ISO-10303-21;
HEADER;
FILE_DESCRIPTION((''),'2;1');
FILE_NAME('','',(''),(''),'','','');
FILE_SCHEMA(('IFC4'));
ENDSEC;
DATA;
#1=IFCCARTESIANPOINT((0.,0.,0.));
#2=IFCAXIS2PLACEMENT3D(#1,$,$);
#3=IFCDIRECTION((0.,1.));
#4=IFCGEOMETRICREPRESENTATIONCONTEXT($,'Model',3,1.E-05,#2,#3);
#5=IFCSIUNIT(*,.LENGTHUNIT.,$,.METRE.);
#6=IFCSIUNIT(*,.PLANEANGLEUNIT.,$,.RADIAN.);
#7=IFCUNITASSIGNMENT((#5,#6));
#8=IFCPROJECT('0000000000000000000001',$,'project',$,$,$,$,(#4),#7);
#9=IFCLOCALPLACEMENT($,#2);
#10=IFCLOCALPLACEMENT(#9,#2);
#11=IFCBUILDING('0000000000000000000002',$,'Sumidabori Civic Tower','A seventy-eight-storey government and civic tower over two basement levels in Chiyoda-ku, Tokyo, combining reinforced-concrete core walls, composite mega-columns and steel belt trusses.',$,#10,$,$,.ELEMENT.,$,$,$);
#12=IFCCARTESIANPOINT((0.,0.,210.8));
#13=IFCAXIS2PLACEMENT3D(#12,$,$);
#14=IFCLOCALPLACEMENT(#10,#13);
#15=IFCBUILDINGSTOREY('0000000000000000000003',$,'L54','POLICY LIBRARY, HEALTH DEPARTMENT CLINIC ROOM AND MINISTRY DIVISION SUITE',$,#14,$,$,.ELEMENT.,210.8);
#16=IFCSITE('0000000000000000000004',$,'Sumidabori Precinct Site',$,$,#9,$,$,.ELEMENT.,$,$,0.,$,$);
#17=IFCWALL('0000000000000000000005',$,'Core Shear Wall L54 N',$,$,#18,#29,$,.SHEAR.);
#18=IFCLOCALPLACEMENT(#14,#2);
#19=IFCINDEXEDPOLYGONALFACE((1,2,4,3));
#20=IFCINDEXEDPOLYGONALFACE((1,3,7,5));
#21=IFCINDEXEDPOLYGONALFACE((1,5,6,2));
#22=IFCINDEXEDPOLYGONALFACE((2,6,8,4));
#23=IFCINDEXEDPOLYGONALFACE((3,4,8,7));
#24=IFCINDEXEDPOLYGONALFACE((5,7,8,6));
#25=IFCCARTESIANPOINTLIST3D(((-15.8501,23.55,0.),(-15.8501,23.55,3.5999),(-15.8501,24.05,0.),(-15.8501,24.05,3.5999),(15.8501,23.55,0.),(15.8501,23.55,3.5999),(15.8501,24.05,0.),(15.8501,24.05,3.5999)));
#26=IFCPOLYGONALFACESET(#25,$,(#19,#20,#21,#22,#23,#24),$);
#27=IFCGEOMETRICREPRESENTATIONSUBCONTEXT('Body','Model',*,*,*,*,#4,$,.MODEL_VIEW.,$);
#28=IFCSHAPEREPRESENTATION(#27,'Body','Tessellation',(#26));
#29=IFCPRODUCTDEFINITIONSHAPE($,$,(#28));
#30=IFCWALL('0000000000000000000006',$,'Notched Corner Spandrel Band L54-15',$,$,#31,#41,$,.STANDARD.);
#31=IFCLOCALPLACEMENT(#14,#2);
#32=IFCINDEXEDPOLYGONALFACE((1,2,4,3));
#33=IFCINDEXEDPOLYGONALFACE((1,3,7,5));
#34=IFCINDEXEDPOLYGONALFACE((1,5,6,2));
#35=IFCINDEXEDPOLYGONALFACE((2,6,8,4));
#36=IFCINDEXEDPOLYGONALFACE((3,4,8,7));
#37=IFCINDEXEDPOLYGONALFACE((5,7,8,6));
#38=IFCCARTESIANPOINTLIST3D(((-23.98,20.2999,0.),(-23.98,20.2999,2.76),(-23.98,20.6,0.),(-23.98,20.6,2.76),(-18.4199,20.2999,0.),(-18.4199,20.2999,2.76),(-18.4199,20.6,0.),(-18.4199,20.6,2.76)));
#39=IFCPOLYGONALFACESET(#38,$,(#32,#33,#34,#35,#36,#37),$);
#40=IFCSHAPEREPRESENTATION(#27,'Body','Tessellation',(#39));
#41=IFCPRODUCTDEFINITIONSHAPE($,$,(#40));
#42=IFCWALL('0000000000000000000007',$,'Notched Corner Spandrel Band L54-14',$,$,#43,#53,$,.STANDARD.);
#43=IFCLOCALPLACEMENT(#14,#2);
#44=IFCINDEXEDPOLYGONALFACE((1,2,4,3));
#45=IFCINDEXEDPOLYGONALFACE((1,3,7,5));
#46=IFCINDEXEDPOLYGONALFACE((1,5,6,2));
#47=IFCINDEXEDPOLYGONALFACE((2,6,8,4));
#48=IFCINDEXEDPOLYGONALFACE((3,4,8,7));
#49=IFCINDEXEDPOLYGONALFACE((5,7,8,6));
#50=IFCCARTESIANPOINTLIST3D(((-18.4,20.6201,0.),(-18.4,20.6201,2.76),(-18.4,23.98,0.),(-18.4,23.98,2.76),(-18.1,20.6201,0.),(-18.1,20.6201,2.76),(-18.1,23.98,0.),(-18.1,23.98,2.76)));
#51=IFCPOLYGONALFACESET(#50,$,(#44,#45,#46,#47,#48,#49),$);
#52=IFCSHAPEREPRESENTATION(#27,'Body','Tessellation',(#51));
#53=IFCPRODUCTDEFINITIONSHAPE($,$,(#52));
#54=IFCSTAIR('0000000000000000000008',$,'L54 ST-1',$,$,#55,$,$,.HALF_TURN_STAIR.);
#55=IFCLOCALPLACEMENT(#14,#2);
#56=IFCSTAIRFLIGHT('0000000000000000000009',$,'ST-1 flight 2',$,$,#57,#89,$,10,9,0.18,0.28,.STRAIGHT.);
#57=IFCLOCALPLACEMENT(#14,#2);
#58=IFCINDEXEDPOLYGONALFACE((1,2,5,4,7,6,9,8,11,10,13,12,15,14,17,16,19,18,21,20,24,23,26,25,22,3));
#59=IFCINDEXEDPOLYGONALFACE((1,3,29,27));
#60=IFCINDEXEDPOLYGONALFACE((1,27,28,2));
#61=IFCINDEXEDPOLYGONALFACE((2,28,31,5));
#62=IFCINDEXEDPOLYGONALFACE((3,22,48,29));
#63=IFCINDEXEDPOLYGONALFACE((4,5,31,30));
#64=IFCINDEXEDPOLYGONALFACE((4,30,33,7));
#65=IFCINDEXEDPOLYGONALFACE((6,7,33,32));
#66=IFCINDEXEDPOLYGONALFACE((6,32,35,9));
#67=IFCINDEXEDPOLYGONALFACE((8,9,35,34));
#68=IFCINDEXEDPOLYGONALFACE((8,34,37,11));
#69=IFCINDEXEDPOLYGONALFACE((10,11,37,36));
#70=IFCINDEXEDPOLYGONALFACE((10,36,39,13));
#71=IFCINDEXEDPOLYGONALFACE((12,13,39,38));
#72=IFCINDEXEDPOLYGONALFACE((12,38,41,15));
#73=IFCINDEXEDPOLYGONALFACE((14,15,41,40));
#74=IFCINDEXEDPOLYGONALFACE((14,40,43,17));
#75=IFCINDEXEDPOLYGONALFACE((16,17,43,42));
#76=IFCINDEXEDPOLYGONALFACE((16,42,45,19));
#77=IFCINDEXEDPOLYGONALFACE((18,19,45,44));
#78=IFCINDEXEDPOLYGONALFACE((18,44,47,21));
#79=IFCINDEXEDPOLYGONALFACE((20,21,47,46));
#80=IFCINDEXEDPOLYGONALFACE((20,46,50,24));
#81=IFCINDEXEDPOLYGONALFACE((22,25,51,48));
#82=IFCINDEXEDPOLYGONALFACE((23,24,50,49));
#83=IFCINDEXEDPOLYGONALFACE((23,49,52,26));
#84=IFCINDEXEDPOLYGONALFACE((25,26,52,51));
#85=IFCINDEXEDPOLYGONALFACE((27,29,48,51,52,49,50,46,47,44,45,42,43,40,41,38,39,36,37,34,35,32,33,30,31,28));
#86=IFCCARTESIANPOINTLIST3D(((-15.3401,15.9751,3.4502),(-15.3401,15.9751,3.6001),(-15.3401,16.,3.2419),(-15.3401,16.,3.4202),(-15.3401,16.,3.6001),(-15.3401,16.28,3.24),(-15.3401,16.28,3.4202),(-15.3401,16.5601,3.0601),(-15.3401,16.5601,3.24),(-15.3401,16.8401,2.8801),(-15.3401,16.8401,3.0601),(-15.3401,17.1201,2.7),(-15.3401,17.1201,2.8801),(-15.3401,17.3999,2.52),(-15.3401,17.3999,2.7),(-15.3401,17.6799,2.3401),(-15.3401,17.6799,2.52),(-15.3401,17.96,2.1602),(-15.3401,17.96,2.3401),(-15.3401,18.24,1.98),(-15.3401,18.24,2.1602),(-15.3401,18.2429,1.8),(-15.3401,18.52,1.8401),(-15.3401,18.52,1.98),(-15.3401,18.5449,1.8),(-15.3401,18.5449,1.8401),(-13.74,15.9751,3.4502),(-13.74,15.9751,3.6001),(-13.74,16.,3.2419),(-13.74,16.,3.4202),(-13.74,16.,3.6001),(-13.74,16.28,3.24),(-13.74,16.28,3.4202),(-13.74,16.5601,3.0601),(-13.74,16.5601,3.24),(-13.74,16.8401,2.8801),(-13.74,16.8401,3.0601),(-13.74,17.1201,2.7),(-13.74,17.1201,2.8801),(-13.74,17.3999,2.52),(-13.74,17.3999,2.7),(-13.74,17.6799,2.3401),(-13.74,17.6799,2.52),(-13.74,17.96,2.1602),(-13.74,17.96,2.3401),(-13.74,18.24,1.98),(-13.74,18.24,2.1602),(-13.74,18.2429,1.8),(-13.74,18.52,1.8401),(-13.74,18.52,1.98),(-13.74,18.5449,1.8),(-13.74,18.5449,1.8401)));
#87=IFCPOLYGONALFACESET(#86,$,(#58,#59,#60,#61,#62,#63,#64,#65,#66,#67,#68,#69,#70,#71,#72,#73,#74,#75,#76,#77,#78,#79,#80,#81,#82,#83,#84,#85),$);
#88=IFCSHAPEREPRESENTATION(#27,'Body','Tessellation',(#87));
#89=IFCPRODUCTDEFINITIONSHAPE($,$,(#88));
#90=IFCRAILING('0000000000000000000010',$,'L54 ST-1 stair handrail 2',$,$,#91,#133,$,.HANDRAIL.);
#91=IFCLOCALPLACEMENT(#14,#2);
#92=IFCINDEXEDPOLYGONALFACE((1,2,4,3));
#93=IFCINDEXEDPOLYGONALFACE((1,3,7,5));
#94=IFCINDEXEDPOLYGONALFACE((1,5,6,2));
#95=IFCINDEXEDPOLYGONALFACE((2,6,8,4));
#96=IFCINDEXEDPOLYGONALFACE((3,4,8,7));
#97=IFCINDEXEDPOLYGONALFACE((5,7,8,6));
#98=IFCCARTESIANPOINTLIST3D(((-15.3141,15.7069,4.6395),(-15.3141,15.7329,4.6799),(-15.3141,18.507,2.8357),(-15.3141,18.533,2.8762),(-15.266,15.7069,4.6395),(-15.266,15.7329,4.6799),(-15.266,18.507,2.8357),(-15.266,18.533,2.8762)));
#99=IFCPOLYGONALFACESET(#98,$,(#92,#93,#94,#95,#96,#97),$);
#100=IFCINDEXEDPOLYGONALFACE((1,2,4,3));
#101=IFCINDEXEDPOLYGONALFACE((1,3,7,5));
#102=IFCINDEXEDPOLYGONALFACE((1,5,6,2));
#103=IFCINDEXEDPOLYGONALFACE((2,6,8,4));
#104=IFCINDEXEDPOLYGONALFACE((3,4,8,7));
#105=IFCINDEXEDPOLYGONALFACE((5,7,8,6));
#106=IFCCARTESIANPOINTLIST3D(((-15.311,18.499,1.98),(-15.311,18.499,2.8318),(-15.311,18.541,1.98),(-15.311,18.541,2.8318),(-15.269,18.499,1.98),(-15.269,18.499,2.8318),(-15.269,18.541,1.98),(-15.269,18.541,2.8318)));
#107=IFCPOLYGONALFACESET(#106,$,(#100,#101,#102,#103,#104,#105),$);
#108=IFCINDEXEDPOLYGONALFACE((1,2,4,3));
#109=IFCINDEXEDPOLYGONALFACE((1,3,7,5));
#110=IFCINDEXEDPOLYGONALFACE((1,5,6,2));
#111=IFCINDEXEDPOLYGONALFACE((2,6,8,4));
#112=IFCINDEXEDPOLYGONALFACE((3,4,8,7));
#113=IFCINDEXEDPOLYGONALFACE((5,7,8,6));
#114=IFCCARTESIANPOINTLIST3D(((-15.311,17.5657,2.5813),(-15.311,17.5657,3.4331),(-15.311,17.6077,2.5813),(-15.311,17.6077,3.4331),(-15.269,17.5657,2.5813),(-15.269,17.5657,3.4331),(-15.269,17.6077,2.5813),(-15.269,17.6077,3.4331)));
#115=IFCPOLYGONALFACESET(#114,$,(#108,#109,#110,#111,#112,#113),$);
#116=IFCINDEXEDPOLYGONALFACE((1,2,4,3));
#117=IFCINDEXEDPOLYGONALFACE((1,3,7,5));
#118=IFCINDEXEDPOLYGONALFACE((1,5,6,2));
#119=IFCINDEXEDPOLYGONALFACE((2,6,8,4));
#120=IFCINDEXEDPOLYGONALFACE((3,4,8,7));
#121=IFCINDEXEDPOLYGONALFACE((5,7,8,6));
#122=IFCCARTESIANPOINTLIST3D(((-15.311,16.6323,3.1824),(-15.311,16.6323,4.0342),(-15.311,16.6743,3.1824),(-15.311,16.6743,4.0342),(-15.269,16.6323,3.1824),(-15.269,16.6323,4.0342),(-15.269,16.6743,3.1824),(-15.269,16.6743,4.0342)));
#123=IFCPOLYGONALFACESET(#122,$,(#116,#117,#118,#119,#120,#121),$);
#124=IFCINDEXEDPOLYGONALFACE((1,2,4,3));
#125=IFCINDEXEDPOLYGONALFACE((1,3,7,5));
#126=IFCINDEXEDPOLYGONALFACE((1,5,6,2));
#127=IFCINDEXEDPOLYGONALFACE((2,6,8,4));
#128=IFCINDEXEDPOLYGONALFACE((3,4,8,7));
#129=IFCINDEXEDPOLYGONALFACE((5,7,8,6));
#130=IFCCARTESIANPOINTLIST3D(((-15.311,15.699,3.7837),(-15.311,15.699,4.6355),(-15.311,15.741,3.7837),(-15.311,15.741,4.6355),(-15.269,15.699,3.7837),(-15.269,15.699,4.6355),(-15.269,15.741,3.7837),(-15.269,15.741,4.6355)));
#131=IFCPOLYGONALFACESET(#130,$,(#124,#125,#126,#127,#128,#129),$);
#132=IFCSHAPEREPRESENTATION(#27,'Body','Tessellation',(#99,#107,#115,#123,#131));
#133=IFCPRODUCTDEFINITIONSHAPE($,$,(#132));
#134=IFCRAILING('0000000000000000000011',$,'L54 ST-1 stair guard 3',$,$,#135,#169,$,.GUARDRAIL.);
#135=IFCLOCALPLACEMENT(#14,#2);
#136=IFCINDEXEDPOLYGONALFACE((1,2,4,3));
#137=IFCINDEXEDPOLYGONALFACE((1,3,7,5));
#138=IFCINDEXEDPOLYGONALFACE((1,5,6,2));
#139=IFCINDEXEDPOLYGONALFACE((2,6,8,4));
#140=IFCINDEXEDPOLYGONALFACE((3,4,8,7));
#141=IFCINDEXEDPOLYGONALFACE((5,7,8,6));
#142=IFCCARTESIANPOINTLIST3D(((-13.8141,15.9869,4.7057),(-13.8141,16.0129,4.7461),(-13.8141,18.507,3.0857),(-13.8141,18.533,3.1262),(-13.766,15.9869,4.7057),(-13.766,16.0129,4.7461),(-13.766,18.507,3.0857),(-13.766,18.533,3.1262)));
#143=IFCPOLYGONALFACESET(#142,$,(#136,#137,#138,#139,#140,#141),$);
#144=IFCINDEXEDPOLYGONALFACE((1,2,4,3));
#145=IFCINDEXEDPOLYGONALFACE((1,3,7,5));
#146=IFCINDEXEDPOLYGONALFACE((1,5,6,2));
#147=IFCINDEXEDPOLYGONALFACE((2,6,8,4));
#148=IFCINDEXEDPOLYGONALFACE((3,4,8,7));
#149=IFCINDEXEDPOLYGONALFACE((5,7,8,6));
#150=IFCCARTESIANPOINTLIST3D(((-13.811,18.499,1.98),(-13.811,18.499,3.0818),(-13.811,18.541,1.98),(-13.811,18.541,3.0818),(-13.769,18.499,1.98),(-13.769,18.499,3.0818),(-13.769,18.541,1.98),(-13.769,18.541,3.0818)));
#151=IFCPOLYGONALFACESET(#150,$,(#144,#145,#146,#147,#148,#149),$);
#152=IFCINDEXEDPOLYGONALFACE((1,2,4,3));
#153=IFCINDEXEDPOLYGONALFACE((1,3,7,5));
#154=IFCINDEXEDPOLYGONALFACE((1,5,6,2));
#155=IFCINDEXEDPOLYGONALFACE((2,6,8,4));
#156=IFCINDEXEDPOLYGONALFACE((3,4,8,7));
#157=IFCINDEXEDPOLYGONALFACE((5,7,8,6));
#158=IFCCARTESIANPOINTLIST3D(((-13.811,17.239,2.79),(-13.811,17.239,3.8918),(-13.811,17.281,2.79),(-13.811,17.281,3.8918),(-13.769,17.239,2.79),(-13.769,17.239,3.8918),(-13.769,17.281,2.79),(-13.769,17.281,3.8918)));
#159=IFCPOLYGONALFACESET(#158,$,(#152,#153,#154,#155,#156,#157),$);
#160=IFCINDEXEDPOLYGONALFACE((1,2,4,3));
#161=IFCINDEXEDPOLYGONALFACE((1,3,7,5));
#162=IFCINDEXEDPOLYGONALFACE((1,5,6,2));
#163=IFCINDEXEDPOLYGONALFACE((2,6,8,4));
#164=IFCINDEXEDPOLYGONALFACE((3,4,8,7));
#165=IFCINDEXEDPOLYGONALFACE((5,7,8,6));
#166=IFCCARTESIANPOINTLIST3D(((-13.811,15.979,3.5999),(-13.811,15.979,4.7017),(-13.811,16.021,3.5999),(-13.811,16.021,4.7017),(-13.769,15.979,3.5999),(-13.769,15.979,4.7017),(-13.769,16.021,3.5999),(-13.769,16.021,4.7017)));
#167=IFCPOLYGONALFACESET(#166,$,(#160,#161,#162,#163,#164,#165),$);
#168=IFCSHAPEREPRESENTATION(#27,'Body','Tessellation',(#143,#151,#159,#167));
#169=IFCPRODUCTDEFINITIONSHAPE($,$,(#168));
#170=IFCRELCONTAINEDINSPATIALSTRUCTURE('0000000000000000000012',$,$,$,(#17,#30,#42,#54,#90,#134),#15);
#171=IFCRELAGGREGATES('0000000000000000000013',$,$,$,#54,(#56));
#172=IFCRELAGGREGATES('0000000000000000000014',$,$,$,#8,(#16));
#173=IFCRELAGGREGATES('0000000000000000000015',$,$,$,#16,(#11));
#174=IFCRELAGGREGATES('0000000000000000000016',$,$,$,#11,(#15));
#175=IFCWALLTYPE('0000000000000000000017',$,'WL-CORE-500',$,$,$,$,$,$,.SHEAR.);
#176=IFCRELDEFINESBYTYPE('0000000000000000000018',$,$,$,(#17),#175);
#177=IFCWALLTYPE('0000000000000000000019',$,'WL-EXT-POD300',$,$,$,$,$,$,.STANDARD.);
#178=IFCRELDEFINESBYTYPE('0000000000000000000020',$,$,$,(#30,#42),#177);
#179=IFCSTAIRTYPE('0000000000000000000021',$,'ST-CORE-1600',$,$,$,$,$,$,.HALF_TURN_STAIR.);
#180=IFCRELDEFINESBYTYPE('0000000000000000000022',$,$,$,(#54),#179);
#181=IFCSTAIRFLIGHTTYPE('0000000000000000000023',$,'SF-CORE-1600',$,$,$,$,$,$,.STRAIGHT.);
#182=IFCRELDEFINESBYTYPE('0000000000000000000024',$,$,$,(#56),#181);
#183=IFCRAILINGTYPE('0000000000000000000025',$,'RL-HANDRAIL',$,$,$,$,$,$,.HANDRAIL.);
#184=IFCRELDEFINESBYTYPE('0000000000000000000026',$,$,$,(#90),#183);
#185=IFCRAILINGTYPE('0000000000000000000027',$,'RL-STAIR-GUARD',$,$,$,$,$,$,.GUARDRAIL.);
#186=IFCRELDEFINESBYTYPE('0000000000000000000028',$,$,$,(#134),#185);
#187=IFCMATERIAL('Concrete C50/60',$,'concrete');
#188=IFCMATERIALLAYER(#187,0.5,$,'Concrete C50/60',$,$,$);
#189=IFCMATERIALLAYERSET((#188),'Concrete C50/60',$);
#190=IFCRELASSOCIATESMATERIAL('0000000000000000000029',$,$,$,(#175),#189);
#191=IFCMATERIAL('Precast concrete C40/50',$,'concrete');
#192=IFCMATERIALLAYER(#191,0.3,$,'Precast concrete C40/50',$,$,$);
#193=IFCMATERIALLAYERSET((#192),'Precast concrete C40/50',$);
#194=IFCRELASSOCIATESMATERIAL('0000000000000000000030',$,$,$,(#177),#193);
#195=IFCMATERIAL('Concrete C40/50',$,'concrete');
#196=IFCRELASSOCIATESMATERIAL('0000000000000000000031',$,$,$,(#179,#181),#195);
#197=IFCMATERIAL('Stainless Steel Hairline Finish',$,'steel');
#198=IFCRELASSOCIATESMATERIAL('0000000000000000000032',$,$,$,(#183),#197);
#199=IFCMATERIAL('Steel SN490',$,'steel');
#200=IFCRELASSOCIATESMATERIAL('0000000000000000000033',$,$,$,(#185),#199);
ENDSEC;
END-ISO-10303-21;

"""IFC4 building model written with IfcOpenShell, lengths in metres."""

from ifc_helpers import new_model, si_unit, direction, frame, frame_2d, origin, origin_2d, place, context, subcontext, project, spatial, polyline, rectangle, outline, extrude, source, transform, mapped, material, layer, layer_set, type_object, element, aggregate, save


model = new_model("IFC4")

# Units and contexts
model_context = context("Model", 3, precision=1e-05, world=origin(), true_north=direction((0.0, 1.0)))
body_context = subcontext(model_context, "Body", "Model", "MODEL_VIEW")
ifc_project = project(units=[si_unit("LENGTHUNIT", "METRE"), si_unit("PLANEANGLEUNIT", "RADIAN")], contexts=[model_context])

# Site, building, storey
site_placement = place(None, origin())
site = spatial("IfcSite", under=ifc_project, at=site_placement, Name="Sumidabori Precinct Site", CompositionType="ELEMENT", RefElevation=0.0)
building_placement = place(site_placement, origin())
building = spatial("IfcBuilding", under=site, at=building_placement, Name="Sumidabori Civic Tower", Description="A seventy-eight-storey government and civic tower over two basement levels in Chiyoda-ku, Tokyo, combining reinforced-concrete core walls, composite mega-columns and steel belt trusses.", CompositionType="ELEMENT")
storey_placement = place(building_placement, frame((0.0, 0.0, 210.8)))
storey = spatial("IfcBuildingStorey", under=building, at=storey_placement, Name="L54", Description="POLICY LIBRARY, HEALTH DEPARTMENT CLINIC ROOM AND MINISTRY DIVISION SUITE", CompositionType="ELEMENT", Elevation=210.8)

# Shared definitions
ifc_material_1 = material(Name="Steel SN490", Category="steel")

# Walls
ifc_material_2 = material(Name="Concrete C50/60", Category="concrete")
ifc_layer_1 = layer(ifc_material_2, 0.5, Name="Concrete C50/60")
ifc_layer_set_1 = layer_set([ifc_layer_1], Name="Concrete C50/60")
wall_type_1 = type_object("IfcWallType", Name="WL-CORE-500", PredefinedType="SHEAR", material=ifc_layer_set_1)
shared_shape_1 = source(origin(), body_context, "Body", "SweptSolid", [
    extrude(rectangle(XDim=31.7002, YDim=0.5, at=frame_2d((15.8501, 0.0))), origin(), (0.0, 0.0, 1.0), 3.5999),
])
wall_1_placement = place(storey_placement, frame((-15.8501, 23.8, 0.0), z_axis=(0.0, 0.0, 1.0), x_axis=(1.0, 0.0, 0.0)))
element("IfcWall", 1, at=wall_1_placement, inside=storey, type_object=wall_type_1, Name="Core Shear Wall L54 N", PredefinedType="SHEAR", context=body_context, shape_type="MappedRepresentation", body=[
    mapped(shared_shape_1, transform((0.0, 0.0, 0.0), x_axis=(1.0, 0.0, 0.0), y_axis=(0.0, 1.0, 0.0), z_axis=(0.0, 0.0, 1.0), scale=1.0)),
])
ifc_material_3 = material(Name="Precast concrete C40/50", Category="concrete")
ifc_layer_2 = layer(ifc_material_3, 0.3, Name="Precast concrete C40/50")
ifc_layer_set_2 = layer_set([ifc_layer_2], Name="Precast concrete C40/50")
wall_type_2 = type_object("IfcWallType", Name="WL-EXT-POD300", PredefinedType="STANDARD", material=ifc_layer_set_2)
shared_shape_2 = source(origin(), body_context, "Body", "SweptSolid", [
    extrude(rectangle(XDim=5.5601, YDim=0.3, at=frame_2d((2.78, 0.0))), origin(), (0.0, 0.0, 1.0), 2.76),
])
wall_2_placement = place(storey_placement, frame((-18.4199, 20.45, 0.0), z_axis=(0.0, 0.0, 1.0), x_axis=(-1.0, 0.0, 0.0)))
element("IfcWall", 2, at=wall_2_placement, inside=storey, type_object=wall_type_2, Name="Notched Corner Spandrel Band L54-15", PredefinedType="STANDARD", context=body_context, shape_type="MappedRepresentation", body=[
    mapped(shared_shape_2, transform((0.0, 0.0, 0.0), x_axis=(1.0, 0.0, 0.0), y_axis=(0.0, 1.0, 0.0), z_axis=(0.0, 0.0, 1.0), scale=1.0)),
])
shared_shape_3 = source(origin(), body_context, "Body", "SweptSolid", [
    extrude(rectangle(XDim=3.3599, YDim=0.3, at=frame_2d((1.6799, 0.0))), origin(), (0.0, 0.0, 1.0), 2.76),
])
wall_3_placement = place(storey_placement, frame((-18.25, 23.98, 0.0), z_axis=(0.0, 0.0, 1.0), x_axis=(0.0, -1.0, 0.0)))
element("IfcWall", 3, at=wall_3_placement, inside=storey, type_object=wall_type_2, Name="Notched Corner Spandrel Band L54-14", PredefinedType="STANDARD", context=body_context, shape_type="MappedRepresentation", body=[
    mapped(shared_shape_3, transform((0.0, 0.0, 0.0), x_axis=(1.0, 0.0, 0.0), y_axis=(0.0, 1.0, 0.0), z_axis=(0.0, 0.0, 1.0), scale=1.0)),
])

# Stair, stair flight
ifc_material_4 = material(Name="Concrete C40/50", Category="concrete")
stair_type = type_object("IfcStairType", Name="ST-CORE-1600", PredefinedType="HALF_TURN_STAIR", material=ifc_material_4)
stair_placement = place(storey_placement, origin())
stair = element("IfcStair", 4, at=stair_placement, inside=storey, type_object=stair_type, Name="L54 ST-1", PredefinedType="HALF_TURN_STAIR")
stair_flight_type = type_object("IfcStairFlightType", Name="SF-CORE-1600", PredefinedType="STRAIGHT", material=ifc_material_4)
shared_shape_4 = source(origin(), body_context, "Body", "SweptSolid", [
    extrude(outline(polyline([(-0.0249, 0.0), (-0.0249, 0.04), (0.0, 0.04), (0.0, 0.1799), (0.28, 0.1799), (0.28, 0.3601), (0.5601, 0.3601), (0.5601, 0.54), (0.8401, 0.54), (0.8401, 0.72), (1.1201, 0.72), (1.1201, 0.8999), (1.3999, 0.8999), (1.3999, 1.0801), (1.6799, 1.0801), (1.6799, 1.26), (1.96, 1.26), (1.96, 1.4399), (2.24, 1.4399), (2.24, 1.6201), (2.52, 1.6201), (2.52, 1.8), (2.5449, 1.8), (2.5449, 1.6501), (2.52, 1.4419), (0.2771, 0.0), (-0.0249, 0.0)])), frame((0.0, 0.8, 0.0), z_axis=(0.0, -1.0, 0.0), x_axis=(1.0, 0.0, 0.0)), (0.0, 0.0, 1.0), 1.6001),
])
stair_flight_placement = place(storey_placement, frame((-14.54, 18.52, 1.8), z_axis=(0.0, 0.0, 1.0), x_axis=(0.0, -1.0, 0.0)))
stair_flight = element("IfcStairFlight", 5, at=stair_flight_placement, type_object=stair_flight_type, Name="ST-1 flight 2", NumberOfRisers=10, NumberOfTreads=9, PredefinedType="STRAIGHT", RiserHeight=0.18, TreadLength=0.28, context=body_context, shape_type="MappedRepresentation", body=[
    mapped(shared_shape_4, transform((0.0, 0.0, 0.0), x_axis=(1.0, 0.0, 0.0), y_axis=(0.0, 1.0, 0.0), z_axis=(0.0, 0.0, 1.0), scale=1.0)),
])
aggregate(stair, [stair_flight])

# Railings
ifc_material_5 = material(Name="Stainless Steel Hairline Finish", Category="steel")
railing_type_1 = type_object("IfcRailingType", Name="RL-HANDRAIL", PredefinedType="HANDRAIL", material=ifc_material_5)
railing_1_placement = place(storey_placement, frame((-15.29, 18.52, 1.98)))
element("IfcRailing", 6, at=railing_1_placement, inside=storey, type_object=railing_type_1, Name="L54 ST-1 stair handrail 2", PredefinedType="HANDRAIL", context=body_context, shape_type="SweptSolid", body=[
    extrude(rectangle(XDim=0.0481, YDim=0.0481, at=origin_2d()), frame((0.0, 0.0, 0.876), z_axis=(0.0, -0.840676, 0.541539), x_axis=(1.0, 0.0, 0.0)), (0.0, 0.0, 1.0), 3.3308),
    extrude(rectangle(XDim=0.042, YDim=0.042, at=origin_2d()), origin(), (0.0, 0.0, 1.0), 0.8518),
    extrude(rectangle(XDim=0.042, YDim=0.042, at=origin_2d()), frame((0.0, -0.9333, 0.6013)), (0.0, 0.0, 1.0), 0.8518),
    extrude(rectangle(XDim=0.042, YDim=0.042, at=origin_2d()), frame((0.0, -1.8667, 1.2024)), (0.0, 0.0, 1.0), 0.8518),
    extrude(rectangle(XDim=0.042, YDim=0.042, at=origin_2d()), frame((0.0, -2.8, 1.8037)), (0.0, 0.0, 1.0), 0.8518),
])
railing_type_2 = type_object("IfcRailingType", Name="RL-STAIR-GUARD", PredefinedType="GUARDRAIL", material=ifc_material_1)
railing_2_placement = place(storey_placement, frame((-13.79, 18.52, 1.98)))
element("IfcRailing", 7, at=railing_2_placement, inside=storey, type_object=railing_type_2, Name="L54 ST-1 stair guard 3", PredefinedType="GUARDRAIL", context=body_context, shape_type="SweptSolid", body=[
    extrude(rectangle(XDim=0.0481, YDim=0.0481, at=origin_2d()), frame((0.0, 0.0, 1.126), z_axis=(0.0, -0.8412, 0.540725), x_axis=(1.0, 0.0, 0.0)), (0.0, 0.0, 1.0), 2.9958),
    extrude(rectangle(XDim=0.042, YDim=0.042, at=origin_2d()), origin(), (0.0, 0.0, 1.0), 1.1018),
    extrude(rectangle(XDim=0.042, YDim=0.042, at=origin_2d()), frame((0.0, -1.26, 0.8101)), (0.0, 0.0, 1.0), 1.1018),
    extrude(rectangle(XDim=0.042, YDim=0.042, at=origin_2d()), frame((0.0, -2.52, 1.6199)), (0.0, 0.0, 1.0), 1.1018),
])

save(model, "model.ifc")
